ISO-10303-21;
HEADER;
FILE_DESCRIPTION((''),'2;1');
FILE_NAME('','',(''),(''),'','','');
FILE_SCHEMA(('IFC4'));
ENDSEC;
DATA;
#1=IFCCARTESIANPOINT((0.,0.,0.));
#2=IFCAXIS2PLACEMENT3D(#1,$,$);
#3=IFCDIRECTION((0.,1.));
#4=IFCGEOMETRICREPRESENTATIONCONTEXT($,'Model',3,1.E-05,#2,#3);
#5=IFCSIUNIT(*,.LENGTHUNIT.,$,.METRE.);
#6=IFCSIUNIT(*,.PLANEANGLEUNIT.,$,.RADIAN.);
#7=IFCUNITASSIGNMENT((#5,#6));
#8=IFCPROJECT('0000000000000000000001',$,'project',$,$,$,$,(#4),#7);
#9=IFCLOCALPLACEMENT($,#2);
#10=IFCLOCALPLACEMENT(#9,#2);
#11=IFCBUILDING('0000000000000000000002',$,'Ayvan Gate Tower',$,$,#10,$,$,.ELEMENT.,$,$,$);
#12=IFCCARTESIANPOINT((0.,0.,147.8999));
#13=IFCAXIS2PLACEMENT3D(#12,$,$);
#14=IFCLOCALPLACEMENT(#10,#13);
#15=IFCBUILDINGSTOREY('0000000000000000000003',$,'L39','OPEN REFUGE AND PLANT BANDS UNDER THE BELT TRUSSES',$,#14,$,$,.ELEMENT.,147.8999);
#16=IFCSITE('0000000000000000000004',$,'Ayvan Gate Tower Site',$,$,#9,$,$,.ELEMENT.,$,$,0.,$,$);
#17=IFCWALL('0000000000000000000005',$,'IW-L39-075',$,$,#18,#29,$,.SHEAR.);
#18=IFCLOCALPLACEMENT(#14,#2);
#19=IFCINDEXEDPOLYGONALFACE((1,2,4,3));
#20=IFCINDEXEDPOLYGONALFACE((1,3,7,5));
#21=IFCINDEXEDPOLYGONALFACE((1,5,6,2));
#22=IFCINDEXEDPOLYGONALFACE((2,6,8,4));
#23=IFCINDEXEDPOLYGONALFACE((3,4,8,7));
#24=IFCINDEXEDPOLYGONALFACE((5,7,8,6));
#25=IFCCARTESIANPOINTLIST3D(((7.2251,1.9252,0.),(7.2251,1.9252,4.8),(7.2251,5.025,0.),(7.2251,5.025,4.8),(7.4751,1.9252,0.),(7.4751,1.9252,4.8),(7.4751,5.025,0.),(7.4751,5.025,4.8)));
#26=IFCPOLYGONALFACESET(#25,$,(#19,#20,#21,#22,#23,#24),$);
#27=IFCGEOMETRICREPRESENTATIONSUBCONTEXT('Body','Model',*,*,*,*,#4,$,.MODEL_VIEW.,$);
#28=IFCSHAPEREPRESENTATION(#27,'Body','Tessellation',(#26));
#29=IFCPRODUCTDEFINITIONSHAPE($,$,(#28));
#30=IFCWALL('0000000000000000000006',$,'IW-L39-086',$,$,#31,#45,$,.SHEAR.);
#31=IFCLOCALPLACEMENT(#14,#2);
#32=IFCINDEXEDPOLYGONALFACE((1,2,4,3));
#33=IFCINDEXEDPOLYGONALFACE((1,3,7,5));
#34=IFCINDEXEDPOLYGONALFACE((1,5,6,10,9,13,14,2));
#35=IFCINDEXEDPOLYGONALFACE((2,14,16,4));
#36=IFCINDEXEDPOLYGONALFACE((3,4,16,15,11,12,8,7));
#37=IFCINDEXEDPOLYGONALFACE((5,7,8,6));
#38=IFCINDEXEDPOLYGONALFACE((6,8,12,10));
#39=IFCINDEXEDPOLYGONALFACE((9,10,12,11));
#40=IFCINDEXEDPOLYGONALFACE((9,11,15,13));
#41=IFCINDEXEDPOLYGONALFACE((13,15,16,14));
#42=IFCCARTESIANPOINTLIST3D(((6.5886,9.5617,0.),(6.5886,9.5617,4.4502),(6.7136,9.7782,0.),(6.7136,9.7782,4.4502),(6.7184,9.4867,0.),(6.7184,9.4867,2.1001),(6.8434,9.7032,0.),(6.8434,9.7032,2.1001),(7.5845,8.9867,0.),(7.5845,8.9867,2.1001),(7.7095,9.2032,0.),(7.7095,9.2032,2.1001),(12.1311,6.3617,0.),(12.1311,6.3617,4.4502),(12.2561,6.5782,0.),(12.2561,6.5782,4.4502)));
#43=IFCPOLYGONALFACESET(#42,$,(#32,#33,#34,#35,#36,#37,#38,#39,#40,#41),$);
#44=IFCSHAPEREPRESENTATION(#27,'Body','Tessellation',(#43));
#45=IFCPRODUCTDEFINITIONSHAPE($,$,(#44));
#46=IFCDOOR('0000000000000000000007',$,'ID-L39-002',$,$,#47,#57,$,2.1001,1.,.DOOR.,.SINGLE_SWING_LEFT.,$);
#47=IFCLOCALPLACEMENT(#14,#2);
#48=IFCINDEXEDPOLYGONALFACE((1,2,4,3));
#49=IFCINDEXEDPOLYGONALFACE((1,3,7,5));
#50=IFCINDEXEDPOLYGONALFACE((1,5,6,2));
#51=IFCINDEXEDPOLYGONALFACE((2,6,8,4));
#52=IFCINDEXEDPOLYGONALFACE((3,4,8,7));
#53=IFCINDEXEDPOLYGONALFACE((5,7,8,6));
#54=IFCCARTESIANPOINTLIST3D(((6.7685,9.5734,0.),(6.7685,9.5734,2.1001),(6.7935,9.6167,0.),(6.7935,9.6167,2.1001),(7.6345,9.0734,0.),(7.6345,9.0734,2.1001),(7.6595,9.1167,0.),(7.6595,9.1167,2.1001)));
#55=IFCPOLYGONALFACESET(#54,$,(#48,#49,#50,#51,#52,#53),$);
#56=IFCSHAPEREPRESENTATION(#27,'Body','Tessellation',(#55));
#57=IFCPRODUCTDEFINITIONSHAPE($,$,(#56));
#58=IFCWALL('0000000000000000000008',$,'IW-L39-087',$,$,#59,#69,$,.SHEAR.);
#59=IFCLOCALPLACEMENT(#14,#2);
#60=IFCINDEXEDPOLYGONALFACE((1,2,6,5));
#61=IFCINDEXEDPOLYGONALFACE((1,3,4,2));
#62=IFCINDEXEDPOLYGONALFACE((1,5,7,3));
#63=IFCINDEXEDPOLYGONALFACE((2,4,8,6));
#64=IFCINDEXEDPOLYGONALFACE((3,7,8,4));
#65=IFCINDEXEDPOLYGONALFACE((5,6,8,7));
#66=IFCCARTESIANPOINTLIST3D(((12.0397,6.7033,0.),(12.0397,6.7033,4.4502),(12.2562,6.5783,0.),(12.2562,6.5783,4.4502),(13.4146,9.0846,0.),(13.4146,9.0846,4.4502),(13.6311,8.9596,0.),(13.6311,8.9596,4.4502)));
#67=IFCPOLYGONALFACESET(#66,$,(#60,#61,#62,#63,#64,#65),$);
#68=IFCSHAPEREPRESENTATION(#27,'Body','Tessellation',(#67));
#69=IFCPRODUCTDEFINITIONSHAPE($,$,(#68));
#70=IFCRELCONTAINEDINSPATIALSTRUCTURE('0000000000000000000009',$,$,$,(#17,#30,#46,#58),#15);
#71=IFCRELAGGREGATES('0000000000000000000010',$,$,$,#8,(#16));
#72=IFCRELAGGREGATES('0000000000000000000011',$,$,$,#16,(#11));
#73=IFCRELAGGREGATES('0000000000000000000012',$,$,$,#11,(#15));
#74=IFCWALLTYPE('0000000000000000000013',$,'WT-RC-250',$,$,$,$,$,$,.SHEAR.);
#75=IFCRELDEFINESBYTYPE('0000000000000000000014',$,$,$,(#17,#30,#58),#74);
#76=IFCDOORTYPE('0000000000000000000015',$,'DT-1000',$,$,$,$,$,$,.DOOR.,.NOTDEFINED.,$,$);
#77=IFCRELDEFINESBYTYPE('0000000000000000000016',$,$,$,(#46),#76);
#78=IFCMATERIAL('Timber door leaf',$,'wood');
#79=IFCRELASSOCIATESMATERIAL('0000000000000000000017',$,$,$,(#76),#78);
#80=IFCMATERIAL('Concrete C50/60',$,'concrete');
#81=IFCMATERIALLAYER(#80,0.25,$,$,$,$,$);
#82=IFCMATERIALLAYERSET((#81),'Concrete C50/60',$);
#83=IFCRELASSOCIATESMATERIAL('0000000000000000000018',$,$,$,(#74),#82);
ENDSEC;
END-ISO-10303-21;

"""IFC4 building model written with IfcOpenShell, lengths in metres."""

from ifc_helpers import new_model, si_unit, direction, frame, frame_2d, origin, place, context, subcontext, project, spatial, rectangle, extrude, material, layer, layer_set, type_object, element, fill, save


model = new_model("IFC4")

# Units and contexts
model_context = context("Model", 3, precision=1e-05, world=origin(), true_north=direction((0.0, 1.0)))
body_context = subcontext(model_context, "Body", "Model", "MODEL_VIEW")
ifc_project = project(units=[si_unit("LENGTHUNIT", "METRE"), si_unit("PLANEANGLEUNIT", "RADIAN")], contexts=[model_context])

# Site, building, storey
site_placement = place(None, origin())
site = spatial("IfcSite", under=ifc_project, at=site_placement, Name="Ayvan Gate Tower Site", CompositionType="ELEMENT", RefElevation=0.0)
building_placement = place(site_placement, origin())
building = spatial("IfcBuilding", under=site, at=building_placement, Name="Ayvan Gate Tower", CompositionType="ELEMENT")
storey_placement = place(building_placement, frame((0.0, 0.0, 147.8999)))
storey = spatial("IfcBuildingStorey", under=building, at=storey_placement, Name="L39", Description="OPEN REFUGE AND PLANT BANDS UNDER THE BELT TRUSSES", CompositionType="ELEMENT", Elevation=147.8999)

# Shared definitions
ifc_material_1 = material(Name="Timber door leaf", Category="wood")

# Shared definitions
door_type_1 = type_object("IfcDoorType", Name="DT-1000", OperationType="NOTDEFINED", PredefinedType="DOOR", material=ifc_material_1)

# Shared definitions
ifc_material_2 = material(Name="Concrete C50/60", Category="concrete")
ifc_layer_1 = layer(ifc_material_2, 0.25)
ifc_layer_set_1 = layer_set([ifc_layer_1], Name="Concrete C50/60")
wall_type_1 = type_object("IfcWallType", Name="WT-RC-250", PredefinedType="SHEAR", material=ifc_layer_set_1)

# Wall
wall_1_placement = place(storey_placement, frame((7.3501, 5.0249, 0.0), z_axis=(0.0, 0.0, 1.0), x_axis=(0.0, -1.0, 0.0)))
element("IfcWall", 1, at=wall_1_placement, inside=storey, type_object=wall_type_1, Name="IW-L39-075", PredefinedType="SHEAR", context=body_context, shape_type="SweptSolid", body=[
    extrude(rectangle(XDim=3.0999, YDim=0.25, at=frame_2d((1.5498, 0.0))), origin(), (0.0, 0.0, 1.0), 4.8),
])

# Wall, opening, door
wall_2_placement = place(storey_placement, frame((12.1936, 6.47, 0.0), z_axis=(0.0, 0.0, 1.0), x_axis=(-0.866025, 0.5, 0.0)))
wall_2 = element("IfcWall", 2, at=wall_2_placement, inside=storey, type_object=wall_type_1, Name="IW-L39-086", PredefinedType="SHEAR", context=body_context, shape_type="SweptSolid", body=[
    extrude(rectangle(XDim=6.3999, YDim=0.25, at=frame_2d((3.2, 0.0))), origin(), (0.0, 0.0, 1.0), 4.4502),
])
opening_1_placement = place(wall_2_placement, frame((5.25, 0.0, 0.0)))
opening_1 = element("IfcOpeningElement", 3, at=opening_1_placement, cuts=wall_2, PredefinedType="OPENING", context=body_context, shape_type="SweptSolid", body=[
    extrude(rectangle(XDim=1.0, YDim=2.1001, at=frame_2d((0.5, 1.05))), frame((0.0, 0.135, 0.0), z_axis=(0.0, -1.0, 0.0), x_axis=(1.0, 0.0, 0.0)), (0.0, 0.0, 1.0), 0.27),
])
door_1_placement = place(opening_1_placement, origin())
door_1 = element("IfcDoor", 4, at=door_1_placement, inside=storey, type_object=door_type_1, Name="ID-L39-002", OperationType="SINGLE_SWING_LEFT", OverallHeight=2.1001, OverallWidth=1.0, PredefinedType="DOOR", context=body_context, shape_type="SweptSolid", body=[
    extrude(rectangle(XDim=1.0, YDim=2.1001, at=frame_2d((0.5, 1.05))), frame((0.0, 0.0249, 0.0), z_axis=(0.0, -1.0, 0.0), x_axis=(1.0, 0.0, 0.0)), (0.0, 0.0, 1.0), 0.05),
])
fill(opening_1, door_1)

# Wall
wall_3_placement = place(storey_placement, frame((13.5229, 9.0222, 0.0), z_axis=(0.0, 0.0, 1.0), x_axis=(-0.500035, -0.866005, 0.0)))
element("IfcWall", 5, at=wall_3_placement, inside=storey, type_object=wall_type_1, Name="IW-L39-087", PredefinedType="SHEAR", context=body_context, shape_type="SweptSolid", body=[
    extrude(rectangle(XDim=2.7498, YDim=0.25, at=frame_2d((1.375, 0.0))), origin(), (0.0, 0.0, 1.0), 4.4502),
])

save(model, "model.ifc")
